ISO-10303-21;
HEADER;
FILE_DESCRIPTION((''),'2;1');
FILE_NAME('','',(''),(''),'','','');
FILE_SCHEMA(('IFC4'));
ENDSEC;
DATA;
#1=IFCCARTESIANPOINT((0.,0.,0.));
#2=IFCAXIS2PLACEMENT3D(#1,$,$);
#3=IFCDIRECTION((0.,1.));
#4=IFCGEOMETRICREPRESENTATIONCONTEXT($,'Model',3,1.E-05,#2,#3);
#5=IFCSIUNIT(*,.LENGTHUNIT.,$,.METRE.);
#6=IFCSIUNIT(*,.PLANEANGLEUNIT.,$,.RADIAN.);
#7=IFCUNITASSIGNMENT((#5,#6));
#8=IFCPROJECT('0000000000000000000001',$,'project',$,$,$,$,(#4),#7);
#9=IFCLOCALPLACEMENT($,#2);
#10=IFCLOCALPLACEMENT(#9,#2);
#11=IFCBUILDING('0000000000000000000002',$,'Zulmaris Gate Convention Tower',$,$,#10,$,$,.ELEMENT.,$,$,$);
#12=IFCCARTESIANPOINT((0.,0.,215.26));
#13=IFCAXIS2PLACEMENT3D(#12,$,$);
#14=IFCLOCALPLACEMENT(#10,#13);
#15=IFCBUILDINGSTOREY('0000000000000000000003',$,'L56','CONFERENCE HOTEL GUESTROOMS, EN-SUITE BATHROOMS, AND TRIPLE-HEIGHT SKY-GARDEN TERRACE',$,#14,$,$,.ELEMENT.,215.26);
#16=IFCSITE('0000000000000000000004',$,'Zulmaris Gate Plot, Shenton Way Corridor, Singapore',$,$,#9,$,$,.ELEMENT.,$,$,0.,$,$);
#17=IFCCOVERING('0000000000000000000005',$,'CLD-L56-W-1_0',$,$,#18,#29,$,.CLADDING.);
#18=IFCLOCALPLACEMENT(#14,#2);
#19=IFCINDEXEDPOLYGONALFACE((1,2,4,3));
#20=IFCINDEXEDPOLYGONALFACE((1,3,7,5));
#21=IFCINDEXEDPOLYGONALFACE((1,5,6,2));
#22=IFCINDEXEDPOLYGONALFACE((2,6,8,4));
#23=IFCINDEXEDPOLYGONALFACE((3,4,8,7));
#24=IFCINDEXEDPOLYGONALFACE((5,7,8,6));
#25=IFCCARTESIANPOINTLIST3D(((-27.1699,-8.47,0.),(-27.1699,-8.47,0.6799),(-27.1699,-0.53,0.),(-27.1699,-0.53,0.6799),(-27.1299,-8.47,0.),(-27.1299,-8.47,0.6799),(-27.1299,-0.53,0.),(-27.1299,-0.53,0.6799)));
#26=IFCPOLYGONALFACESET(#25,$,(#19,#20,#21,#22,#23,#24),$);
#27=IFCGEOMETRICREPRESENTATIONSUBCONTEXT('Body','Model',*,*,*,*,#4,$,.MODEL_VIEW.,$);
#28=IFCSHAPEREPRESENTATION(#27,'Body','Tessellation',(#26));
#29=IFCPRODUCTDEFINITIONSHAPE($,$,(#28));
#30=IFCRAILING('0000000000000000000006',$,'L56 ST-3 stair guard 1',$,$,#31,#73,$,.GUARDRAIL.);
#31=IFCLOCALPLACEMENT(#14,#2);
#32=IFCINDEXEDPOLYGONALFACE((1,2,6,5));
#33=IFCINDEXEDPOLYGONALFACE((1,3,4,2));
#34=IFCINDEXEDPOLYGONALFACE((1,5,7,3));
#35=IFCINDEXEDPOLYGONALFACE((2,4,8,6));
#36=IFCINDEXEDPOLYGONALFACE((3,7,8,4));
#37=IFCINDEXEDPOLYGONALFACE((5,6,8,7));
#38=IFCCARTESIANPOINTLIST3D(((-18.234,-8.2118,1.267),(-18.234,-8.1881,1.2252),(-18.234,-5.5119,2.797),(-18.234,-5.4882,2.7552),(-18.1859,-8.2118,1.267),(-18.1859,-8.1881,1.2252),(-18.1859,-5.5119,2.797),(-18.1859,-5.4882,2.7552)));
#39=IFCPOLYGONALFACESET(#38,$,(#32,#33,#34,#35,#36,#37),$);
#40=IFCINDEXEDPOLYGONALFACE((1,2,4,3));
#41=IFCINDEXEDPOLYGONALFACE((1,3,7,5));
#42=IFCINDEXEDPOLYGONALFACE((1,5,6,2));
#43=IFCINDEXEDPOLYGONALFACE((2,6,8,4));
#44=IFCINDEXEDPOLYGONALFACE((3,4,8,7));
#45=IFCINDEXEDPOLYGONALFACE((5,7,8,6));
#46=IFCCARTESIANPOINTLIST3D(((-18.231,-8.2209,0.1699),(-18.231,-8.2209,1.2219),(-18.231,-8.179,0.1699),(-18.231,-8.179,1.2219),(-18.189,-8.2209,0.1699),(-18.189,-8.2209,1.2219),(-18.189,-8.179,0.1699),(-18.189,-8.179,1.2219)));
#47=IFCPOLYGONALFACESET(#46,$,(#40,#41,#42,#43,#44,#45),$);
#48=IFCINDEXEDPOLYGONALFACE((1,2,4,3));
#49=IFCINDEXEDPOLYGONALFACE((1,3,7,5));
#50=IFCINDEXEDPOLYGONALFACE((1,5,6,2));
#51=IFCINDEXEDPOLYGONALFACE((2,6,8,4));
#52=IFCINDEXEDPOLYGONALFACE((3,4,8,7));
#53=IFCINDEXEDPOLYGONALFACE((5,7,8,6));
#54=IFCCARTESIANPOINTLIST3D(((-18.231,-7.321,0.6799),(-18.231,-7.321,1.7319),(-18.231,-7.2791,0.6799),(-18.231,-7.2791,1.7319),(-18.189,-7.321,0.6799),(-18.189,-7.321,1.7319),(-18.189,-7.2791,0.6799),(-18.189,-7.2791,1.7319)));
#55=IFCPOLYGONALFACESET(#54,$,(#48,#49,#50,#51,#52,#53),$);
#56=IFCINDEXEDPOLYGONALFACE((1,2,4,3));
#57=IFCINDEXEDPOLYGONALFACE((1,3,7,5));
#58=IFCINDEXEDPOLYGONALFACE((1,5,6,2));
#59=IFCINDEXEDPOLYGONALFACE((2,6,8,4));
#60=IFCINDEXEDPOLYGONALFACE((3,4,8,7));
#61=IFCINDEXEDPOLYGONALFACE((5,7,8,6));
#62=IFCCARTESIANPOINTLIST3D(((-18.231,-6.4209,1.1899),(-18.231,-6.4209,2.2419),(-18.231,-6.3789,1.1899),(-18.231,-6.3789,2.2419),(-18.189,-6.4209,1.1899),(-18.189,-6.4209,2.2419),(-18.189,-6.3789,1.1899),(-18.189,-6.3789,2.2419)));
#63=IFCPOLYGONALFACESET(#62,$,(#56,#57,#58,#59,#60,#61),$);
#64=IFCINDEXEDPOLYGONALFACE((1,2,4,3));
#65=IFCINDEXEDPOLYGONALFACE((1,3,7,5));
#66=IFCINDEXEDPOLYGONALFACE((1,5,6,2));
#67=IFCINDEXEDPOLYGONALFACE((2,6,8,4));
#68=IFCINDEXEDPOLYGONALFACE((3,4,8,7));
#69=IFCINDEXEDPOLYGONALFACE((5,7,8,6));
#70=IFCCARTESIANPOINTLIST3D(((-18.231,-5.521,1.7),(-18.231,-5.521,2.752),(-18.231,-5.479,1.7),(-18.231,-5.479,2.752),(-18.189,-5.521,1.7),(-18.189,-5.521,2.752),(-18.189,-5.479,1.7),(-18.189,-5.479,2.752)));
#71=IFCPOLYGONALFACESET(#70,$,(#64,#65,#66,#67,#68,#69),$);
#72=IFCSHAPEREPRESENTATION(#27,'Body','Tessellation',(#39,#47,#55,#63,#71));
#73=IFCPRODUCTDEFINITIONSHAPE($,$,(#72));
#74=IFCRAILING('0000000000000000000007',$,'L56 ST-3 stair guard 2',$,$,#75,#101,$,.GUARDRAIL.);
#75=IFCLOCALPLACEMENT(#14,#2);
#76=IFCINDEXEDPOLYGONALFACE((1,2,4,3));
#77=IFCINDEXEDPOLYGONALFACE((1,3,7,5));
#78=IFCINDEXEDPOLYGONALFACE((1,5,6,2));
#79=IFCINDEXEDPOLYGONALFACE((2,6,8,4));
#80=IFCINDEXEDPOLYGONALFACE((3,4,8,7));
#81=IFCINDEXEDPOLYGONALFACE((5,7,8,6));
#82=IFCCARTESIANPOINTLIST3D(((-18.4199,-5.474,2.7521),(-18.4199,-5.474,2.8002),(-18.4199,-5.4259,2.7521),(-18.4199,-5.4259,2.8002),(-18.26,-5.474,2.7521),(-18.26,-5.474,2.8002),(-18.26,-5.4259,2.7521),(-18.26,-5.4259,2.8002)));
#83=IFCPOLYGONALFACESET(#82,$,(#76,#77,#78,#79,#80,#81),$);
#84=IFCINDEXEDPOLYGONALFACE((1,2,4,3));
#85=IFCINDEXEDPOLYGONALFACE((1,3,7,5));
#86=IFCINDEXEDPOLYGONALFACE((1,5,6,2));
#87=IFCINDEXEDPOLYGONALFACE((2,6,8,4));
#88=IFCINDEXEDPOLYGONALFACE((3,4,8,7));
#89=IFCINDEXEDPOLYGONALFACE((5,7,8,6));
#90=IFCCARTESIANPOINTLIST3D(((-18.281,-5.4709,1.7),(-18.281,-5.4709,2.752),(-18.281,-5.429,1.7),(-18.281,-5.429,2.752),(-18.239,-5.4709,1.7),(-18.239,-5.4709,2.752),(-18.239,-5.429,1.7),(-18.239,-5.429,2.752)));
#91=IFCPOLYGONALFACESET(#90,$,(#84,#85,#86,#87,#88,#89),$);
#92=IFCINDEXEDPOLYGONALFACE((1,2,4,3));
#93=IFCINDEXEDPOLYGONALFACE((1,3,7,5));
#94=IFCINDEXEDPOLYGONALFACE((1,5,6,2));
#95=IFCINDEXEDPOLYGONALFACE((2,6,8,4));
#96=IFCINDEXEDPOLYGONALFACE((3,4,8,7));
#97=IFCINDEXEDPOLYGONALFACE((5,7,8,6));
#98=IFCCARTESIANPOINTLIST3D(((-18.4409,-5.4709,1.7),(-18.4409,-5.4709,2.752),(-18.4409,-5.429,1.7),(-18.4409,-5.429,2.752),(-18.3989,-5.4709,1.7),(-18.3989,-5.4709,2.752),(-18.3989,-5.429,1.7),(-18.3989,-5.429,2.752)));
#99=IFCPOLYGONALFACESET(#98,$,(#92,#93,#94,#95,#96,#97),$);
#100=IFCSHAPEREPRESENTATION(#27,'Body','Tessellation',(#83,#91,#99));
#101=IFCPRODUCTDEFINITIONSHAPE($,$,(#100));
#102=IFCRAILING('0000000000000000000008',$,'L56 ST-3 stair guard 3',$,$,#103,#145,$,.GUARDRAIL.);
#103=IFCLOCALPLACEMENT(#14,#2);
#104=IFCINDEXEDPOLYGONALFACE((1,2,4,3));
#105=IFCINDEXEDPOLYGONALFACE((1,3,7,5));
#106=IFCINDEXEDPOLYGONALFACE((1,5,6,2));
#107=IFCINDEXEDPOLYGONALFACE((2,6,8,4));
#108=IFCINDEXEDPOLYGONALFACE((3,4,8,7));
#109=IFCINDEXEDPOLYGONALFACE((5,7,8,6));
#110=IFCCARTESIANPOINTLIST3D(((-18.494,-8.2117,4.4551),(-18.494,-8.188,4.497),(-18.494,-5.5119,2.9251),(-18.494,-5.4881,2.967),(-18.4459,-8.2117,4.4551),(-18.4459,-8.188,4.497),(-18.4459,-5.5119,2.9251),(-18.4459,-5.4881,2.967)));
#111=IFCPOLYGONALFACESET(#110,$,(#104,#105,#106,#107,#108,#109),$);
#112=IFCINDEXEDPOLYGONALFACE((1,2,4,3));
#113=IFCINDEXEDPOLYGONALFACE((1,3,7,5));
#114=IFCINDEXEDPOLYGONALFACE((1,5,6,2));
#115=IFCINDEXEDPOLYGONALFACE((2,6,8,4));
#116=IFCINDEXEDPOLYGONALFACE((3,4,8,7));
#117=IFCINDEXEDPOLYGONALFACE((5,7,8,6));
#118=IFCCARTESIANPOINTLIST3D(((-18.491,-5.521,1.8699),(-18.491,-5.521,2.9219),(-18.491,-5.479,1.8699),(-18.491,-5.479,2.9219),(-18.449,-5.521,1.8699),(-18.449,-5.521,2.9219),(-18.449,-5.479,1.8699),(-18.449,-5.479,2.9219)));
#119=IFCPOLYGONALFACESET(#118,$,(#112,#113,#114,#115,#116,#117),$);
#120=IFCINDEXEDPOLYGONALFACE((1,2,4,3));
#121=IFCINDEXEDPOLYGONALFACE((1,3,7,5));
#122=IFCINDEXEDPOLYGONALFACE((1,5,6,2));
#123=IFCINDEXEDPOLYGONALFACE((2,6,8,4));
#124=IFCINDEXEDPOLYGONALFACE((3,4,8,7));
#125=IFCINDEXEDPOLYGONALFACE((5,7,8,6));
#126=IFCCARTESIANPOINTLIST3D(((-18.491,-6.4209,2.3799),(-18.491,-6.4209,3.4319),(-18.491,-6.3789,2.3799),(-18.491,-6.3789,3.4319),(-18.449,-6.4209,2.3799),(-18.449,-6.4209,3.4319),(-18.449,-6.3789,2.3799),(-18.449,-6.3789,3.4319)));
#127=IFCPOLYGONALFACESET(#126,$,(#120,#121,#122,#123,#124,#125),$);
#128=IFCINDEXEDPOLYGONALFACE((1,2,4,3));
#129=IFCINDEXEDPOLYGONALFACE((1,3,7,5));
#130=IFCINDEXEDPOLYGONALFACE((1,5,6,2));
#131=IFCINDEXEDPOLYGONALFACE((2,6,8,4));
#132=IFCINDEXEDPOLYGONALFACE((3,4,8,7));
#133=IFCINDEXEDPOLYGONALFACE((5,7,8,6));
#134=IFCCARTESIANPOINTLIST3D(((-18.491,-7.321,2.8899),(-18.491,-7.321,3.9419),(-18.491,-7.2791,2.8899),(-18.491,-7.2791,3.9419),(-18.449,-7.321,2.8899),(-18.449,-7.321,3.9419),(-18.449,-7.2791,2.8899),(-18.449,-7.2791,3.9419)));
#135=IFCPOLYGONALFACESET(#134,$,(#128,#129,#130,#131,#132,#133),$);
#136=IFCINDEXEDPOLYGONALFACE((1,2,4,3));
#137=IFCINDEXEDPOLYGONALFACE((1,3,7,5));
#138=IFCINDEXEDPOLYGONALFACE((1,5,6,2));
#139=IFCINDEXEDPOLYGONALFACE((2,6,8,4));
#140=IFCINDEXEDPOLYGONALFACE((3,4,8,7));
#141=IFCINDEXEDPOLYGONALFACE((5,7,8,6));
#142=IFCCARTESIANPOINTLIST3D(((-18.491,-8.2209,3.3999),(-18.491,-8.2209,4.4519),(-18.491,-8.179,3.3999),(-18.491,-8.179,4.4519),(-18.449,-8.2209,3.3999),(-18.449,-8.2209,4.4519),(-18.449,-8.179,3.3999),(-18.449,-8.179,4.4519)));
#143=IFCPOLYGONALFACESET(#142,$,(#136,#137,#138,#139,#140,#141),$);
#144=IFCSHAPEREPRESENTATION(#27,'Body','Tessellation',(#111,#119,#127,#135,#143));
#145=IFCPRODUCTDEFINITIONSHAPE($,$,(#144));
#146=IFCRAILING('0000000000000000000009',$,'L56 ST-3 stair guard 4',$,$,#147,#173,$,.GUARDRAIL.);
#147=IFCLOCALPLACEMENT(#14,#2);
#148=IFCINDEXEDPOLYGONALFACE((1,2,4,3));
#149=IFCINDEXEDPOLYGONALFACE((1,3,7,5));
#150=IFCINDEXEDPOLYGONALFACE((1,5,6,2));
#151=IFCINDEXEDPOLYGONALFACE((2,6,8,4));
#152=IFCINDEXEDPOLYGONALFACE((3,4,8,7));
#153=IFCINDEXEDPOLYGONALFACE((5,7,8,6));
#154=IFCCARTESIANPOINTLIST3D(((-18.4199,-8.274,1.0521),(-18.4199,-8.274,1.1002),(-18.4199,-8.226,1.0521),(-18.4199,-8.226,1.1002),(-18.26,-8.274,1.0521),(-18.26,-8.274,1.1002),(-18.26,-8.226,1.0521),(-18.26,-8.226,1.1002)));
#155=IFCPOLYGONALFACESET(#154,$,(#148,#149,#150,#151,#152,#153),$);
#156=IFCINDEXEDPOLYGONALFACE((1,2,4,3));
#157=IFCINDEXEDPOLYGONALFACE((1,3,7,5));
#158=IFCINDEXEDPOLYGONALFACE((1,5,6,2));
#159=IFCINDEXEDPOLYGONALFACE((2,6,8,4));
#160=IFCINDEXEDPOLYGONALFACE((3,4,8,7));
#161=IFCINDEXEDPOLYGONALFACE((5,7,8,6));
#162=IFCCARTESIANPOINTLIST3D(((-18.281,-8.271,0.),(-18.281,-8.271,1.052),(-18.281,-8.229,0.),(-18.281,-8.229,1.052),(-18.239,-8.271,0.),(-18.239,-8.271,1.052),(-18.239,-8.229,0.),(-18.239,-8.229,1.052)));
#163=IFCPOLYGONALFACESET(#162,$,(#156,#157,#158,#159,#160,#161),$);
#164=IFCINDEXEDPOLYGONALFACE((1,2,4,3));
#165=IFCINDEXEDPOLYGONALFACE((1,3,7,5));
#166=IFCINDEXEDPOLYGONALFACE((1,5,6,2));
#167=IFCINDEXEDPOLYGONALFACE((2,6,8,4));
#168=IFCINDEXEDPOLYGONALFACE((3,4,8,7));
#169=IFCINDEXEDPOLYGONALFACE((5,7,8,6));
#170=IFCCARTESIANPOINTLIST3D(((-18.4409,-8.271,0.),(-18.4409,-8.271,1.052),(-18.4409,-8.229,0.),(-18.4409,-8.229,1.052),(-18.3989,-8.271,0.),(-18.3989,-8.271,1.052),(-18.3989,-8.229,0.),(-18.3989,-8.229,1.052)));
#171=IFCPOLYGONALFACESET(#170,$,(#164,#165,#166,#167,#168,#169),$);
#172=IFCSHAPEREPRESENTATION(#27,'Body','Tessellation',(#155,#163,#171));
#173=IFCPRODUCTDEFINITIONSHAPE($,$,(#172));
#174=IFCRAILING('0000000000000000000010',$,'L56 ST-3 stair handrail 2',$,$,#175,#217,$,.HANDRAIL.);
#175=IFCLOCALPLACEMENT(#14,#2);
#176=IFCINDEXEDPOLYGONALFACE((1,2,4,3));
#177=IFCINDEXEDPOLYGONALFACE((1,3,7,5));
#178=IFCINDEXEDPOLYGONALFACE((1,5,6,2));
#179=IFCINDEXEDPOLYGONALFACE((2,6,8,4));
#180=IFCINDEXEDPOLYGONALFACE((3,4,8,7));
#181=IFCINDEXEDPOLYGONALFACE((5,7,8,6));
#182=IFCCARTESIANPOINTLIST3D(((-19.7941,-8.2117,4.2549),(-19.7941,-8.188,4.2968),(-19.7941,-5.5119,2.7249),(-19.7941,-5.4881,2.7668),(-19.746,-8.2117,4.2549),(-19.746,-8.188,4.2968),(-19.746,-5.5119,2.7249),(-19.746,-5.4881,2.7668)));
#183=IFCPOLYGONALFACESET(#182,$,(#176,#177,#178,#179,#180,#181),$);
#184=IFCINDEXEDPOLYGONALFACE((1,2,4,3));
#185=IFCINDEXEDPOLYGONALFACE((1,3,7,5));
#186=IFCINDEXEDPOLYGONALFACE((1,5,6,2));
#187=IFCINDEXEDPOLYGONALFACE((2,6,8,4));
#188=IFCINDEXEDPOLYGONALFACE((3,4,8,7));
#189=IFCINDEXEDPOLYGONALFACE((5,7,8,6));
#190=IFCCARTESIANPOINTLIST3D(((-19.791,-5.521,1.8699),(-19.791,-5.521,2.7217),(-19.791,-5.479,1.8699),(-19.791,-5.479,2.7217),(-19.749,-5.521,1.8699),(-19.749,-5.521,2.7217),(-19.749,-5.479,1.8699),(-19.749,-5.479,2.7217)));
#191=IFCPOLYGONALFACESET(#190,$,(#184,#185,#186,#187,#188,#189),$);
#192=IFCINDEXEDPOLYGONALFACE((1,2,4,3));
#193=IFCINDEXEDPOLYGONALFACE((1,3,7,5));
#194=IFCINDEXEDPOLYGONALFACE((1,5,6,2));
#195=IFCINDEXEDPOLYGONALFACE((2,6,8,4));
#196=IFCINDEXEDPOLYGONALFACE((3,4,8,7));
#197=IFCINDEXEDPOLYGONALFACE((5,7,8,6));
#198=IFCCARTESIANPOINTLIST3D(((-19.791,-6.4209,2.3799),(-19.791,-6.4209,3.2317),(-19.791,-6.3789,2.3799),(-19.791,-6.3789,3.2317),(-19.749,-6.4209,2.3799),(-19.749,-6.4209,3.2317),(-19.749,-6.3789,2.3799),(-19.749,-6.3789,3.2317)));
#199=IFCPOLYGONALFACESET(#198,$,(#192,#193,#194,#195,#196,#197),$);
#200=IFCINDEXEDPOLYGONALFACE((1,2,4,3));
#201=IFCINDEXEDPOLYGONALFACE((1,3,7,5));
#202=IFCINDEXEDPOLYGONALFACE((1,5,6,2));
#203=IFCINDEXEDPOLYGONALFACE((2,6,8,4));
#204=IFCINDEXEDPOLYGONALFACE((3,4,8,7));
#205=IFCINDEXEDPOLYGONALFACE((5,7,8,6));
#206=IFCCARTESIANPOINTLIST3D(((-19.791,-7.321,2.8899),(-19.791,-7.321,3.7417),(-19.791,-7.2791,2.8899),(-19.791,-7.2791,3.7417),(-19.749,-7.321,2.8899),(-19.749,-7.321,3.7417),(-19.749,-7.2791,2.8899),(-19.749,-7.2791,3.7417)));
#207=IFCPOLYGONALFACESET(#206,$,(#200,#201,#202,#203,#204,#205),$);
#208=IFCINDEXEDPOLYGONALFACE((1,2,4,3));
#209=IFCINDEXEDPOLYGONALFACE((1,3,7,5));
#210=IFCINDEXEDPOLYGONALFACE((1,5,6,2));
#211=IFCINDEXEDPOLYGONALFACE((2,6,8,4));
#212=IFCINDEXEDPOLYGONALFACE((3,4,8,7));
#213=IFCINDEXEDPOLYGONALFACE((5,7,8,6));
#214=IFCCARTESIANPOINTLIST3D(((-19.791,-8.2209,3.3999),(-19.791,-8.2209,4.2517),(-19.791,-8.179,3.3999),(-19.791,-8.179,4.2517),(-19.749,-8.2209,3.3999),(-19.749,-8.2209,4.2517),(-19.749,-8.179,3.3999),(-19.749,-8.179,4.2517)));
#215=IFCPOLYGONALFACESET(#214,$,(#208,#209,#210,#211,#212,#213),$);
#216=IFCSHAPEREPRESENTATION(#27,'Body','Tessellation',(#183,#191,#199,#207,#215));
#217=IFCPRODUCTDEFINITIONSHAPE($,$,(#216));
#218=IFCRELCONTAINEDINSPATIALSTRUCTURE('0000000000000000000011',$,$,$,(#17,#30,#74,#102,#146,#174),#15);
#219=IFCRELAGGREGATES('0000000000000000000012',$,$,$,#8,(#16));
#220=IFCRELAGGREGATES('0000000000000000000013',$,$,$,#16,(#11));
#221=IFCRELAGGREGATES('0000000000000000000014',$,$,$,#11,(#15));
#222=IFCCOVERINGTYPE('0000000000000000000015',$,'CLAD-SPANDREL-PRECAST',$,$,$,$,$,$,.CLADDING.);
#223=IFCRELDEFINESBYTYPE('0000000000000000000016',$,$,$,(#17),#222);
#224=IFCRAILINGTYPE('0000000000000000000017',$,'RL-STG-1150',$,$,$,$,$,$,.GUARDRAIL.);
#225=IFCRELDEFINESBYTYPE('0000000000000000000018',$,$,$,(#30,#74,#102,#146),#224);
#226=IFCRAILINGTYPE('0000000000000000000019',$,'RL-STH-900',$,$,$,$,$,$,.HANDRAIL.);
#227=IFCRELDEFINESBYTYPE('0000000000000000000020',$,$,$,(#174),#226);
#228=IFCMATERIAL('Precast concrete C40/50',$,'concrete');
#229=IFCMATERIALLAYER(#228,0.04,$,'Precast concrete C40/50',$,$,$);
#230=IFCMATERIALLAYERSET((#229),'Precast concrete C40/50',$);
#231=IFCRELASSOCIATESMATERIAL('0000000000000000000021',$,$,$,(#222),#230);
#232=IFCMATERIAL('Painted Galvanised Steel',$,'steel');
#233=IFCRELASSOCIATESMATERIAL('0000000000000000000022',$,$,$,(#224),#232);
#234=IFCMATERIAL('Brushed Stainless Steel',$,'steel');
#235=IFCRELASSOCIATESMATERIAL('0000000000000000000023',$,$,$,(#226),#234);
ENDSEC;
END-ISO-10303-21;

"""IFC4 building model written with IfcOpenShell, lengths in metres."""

from ifc_helpers import new_model, si_unit, direction, frame, frame_2d, origin, origin_2d, place, context, subcontext, project, spatial, rectangle, extrude, material, layer, layer_set, type_object, element, save


model = new_model("IFC4")

# Units and contexts
model_context = context("Model", 3, precision=1e-05, world=origin(), true_north=direction((0.0, 1.0)))
body_context = subcontext(model_context, "Body", "Model", "MODEL_VIEW")
ifc_project = project(units=[si_unit("LENGTHUNIT", "METRE"), si_unit("PLANEANGLEUNIT", "RADIAN")], contexts=[model_context])

# Site, building, storey
site_placement = place(None, origin())
site = spatial("IfcSite", under=ifc_project, at=site_placement, Name="Zulmaris Gate Plot, Shenton Way Corridor, Singapore", CompositionType="ELEMENT", RefElevation=0.0)
building_placement = place(site_placement, origin())
building = spatial("IfcBuilding", under=site, at=building_placement, Name="Zulmaris Gate Convention Tower", CompositionType="ELEMENT")
storey_placement = place(building_placement, frame((0.0, 0.0, 215.26)))
storey = spatial("IfcBuildingStorey", under=building, at=storey_placement, Name="L56", Description="CONFERENCE HOTEL GUESTROOMS, EN-SUITE BATHROOMS, AND TRIPLE-HEIGHT SKY-GARDEN TERRACE", CompositionType="ELEMENT", Elevation=215.26)

# Shared definitions
ifc_material_1 = material(Name="Precast concrete C40/50", Category="concrete")

# Covering
ifc_layer_1 = layer(ifc_material_1, 0.04, Name="Precast concrete C40/50")
ifc_layer_set_1 = layer_set([ifc_layer_1], Name="Precast concrete C40/50")
covering_type = type_object("IfcCoveringType", Name="CLAD-SPANDREL-PRECAST", PredefinedType="CLADDING", material=ifc_layer_set_1)
covering_1_placement = place(storey_placement, frame((-27.1499, -0.53, 0.0), z_axis=(0.0, 0.0, 1.0), x_axis=(0.0, -1.0, 0.0)))
element("IfcCovering", 1, at=covering_1_placement, inside=storey, type_object=covering_type, Name="CLD-L56-W-1_0", PredefinedType="CLADDING", context=body_context, shape_type="SweptSolid", body=[
    extrude(rectangle(XDim=7.9399, YDim=0.04, at=frame_2d((3.97, 0.0))), origin(), (0.0, 0.0, 1.0), 0.6799),
])

# Railings
ifc_material_2 = material(Name="Painted Galvanised Steel", Category="steel")
railing_type_1 = type_object("IfcRailingType", Name="RL-STG-1150", PredefinedType="GUARDRAIL", material=ifc_material_2)
railing_1_placement = place(storey_placement, frame((-18.21, -8.2, 0.1699)))
element("IfcRailing", 2, at=railing_1_placement, inside=storey, type_object=railing_type_1, Name="L56 ST-3 stair guard 1", PredefinedType="GUARDRAIL", context=body_context, shape_type="SweptSolid", body=[
    extrude(rectangle(XDim=0.0481, YDim=0.0481, at=origin_2d()), frame((0.0, 0.0, 1.0762), z_axis=(0.0, 0.870014, 0.493026), x_axis=(-1.0, 0.0, 0.0)), (0.0, 0.0, 1.0), 3.1033),
    extrude(rectangle(XDim=0.042, YDim=0.042, at=origin_2d()), origin(), (0.0, 0.0, 1.0), 1.052),
    extrude(rectangle(XDim=0.042, YDim=0.042, at=origin_2d()), frame((0.0, 0.8999, 0.51)), (0.0, 0.0, 1.0), 1.052),
    extrude(rectangle(XDim=0.042, YDim=0.042, at=origin_2d()), frame((0.0, 1.8, 1.02)), (0.0, 0.0, 1.0), 1.052),
    extrude(rectangle(XDim=0.042, YDim=0.042, at=origin_2d()), frame((0.0, 2.7, 1.53)), (0.0, 0.0, 1.0), 1.052),
])
railing_2_placement = place(storey_placement, frame((-18.26, -5.45, 1.7)))
element("IfcRailing", 3, at=railing_2_placement, inside=storey, type_object=railing_type_1, Name="L56 ST-3 stair guard 2", PredefinedType="GUARDRAIL", context=body_context, shape_type="SweptSolid", body=[
    extrude(rectangle(XDim=0.0481, YDim=0.0481, at=origin_2d()), frame((0.0, 0.0, 1.0762), z_axis=(-1.0, 0.0, 0.0), x_axis=(0.0, -1.0, 0.0)), (0.0, 0.0, 1.0), 0.1599),
    extrude(rectangle(XDim=0.042, YDim=0.042, at=origin_2d()), origin(), (0.0, 0.0, 1.0), 1.052),
    extrude(rectangle(XDim=0.042, YDim=0.042, at=origin_2d()), frame((-0.1599, 0.0, 0.0)), (0.0, 0.0, 1.0), 1.052),
])
railing_3_placement = place(storey_placement, frame((-18.47, -5.5, 1.8699)))
element("IfcRailing", 4, at=railing_3_placement, inside=storey, type_object=railing_type_1, Name="L56 ST-3 stair guard 3", PredefinedType="GUARDRAIL", context=body_context, shape_type="SweptSolid", body=[
    extrude(rectangle(XDim=0.0481, YDim=0.0481, at=origin_2d()), frame((0.0, 0.0, 1.0762), z_axis=(0.0, -0.870014, 0.493026), x_axis=(1.0, 0.0, 0.0)), (0.0, 0.0, 1.0), 3.1033),
    extrude(rectangle(XDim=0.042, YDim=0.042, at=origin_2d()), origin(), (0.0, 0.0, 1.0), 1.052),
    extrude(rectangle(XDim=0.042, YDim=0.042, at=origin_2d()), frame((0.0, -0.8999, 0.51)), (0.0, 0.0, 1.0), 1.052),
    extrude(rectangle(XDim=0.042, YDim=0.042, at=origin_2d()), frame((0.0, -1.8, 1.02)), (0.0, 0.0, 1.0), 1.052),
    extrude(rectangle(XDim=0.042, YDim=0.042, at=origin_2d()), frame((0.0, -2.7, 1.53)), (0.0, 0.0, 1.0), 1.052),
])
railing_4_placement = place(storey_placement, frame((-18.26, -8.25, 0.0)))
element("IfcRailing", 5, at=railing_4_placement, inside=storey, type_object=railing_type_1, Name="L56 ST-3 stair guard 4", PredefinedType="GUARDRAIL", context=body_context, shape_type="SweptSolid", body=[
    extrude(rectangle(XDim=0.0481, YDim=0.0481, at=origin_2d()), frame((0.0, 0.0, 1.0762), z_axis=(-1.0, 0.0, 0.0), x_axis=(0.0, -1.0, 0.0)), (0.0, 0.0, 1.0), 0.1599),
    extrude(rectangle(XDim=0.042, YDim=0.042, at=origin_2d()), origin(), (0.0, 0.0, 1.0), 1.052),
    extrude(rectangle(XDim=0.042, YDim=0.042, at=origin_2d()), frame((-0.1599, 0.0, 0.0)), (0.0, 0.0, 1.0), 1.052),
])
ifc_material_3 = material(Name="Brushed Stainless Steel", Category="steel")
railing_type_2 = type_object("IfcRailingType", Name="RL-STH-900", PredefinedType="HANDRAIL", material=ifc_material_3)
railing_5_placement = place(storey_placement, frame((-19.77, -5.5, 1.8699)))
element("IfcRailing", 6, at=railing_5_placement, inside=storey, type_object=railing_type_2, Name="L56 ST-3 stair handrail 2", PredefinedType="HANDRAIL", context=body_context, shape_type="SweptSolid", body=[
    extrude(rectangle(XDim=0.0481, YDim=0.0481, at=origin_2d()), frame((0.0, 0.0, 0.876), z_axis=(0.0, -0.870014, 0.493026), x_axis=(1.0, 0.0, 0.0)), (0.0, 0.0, 1.0), 3.1033),
    extrude(rectangle(XDim=0.042, YDim=0.042, at=origin_2d()), origin(), (0.0, 0.0, 1.0), 0.8518),
    extrude(rectangle(XDim=0.042, YDim=0.042, at=origin_2d()), frame((0.0, -0.8999, 0.51)), (0.0, 0.0, 1.0), 0.8518),
    extrude(rectangle(XDim=0.042, YDim=0.042, at=origin_2d()), frame((0.0, -1.8, 1.02)), (0.0, 0.0, 1.0), 0.8518),
    extrude(rectangle(XDim=0.042, YDim=0.042, at=origin_2d()), frame((0.0, -2.7, 1.53)), (0.0, 0.0, 1.0), 0.8518),
])

save(model, "model.ifc")
